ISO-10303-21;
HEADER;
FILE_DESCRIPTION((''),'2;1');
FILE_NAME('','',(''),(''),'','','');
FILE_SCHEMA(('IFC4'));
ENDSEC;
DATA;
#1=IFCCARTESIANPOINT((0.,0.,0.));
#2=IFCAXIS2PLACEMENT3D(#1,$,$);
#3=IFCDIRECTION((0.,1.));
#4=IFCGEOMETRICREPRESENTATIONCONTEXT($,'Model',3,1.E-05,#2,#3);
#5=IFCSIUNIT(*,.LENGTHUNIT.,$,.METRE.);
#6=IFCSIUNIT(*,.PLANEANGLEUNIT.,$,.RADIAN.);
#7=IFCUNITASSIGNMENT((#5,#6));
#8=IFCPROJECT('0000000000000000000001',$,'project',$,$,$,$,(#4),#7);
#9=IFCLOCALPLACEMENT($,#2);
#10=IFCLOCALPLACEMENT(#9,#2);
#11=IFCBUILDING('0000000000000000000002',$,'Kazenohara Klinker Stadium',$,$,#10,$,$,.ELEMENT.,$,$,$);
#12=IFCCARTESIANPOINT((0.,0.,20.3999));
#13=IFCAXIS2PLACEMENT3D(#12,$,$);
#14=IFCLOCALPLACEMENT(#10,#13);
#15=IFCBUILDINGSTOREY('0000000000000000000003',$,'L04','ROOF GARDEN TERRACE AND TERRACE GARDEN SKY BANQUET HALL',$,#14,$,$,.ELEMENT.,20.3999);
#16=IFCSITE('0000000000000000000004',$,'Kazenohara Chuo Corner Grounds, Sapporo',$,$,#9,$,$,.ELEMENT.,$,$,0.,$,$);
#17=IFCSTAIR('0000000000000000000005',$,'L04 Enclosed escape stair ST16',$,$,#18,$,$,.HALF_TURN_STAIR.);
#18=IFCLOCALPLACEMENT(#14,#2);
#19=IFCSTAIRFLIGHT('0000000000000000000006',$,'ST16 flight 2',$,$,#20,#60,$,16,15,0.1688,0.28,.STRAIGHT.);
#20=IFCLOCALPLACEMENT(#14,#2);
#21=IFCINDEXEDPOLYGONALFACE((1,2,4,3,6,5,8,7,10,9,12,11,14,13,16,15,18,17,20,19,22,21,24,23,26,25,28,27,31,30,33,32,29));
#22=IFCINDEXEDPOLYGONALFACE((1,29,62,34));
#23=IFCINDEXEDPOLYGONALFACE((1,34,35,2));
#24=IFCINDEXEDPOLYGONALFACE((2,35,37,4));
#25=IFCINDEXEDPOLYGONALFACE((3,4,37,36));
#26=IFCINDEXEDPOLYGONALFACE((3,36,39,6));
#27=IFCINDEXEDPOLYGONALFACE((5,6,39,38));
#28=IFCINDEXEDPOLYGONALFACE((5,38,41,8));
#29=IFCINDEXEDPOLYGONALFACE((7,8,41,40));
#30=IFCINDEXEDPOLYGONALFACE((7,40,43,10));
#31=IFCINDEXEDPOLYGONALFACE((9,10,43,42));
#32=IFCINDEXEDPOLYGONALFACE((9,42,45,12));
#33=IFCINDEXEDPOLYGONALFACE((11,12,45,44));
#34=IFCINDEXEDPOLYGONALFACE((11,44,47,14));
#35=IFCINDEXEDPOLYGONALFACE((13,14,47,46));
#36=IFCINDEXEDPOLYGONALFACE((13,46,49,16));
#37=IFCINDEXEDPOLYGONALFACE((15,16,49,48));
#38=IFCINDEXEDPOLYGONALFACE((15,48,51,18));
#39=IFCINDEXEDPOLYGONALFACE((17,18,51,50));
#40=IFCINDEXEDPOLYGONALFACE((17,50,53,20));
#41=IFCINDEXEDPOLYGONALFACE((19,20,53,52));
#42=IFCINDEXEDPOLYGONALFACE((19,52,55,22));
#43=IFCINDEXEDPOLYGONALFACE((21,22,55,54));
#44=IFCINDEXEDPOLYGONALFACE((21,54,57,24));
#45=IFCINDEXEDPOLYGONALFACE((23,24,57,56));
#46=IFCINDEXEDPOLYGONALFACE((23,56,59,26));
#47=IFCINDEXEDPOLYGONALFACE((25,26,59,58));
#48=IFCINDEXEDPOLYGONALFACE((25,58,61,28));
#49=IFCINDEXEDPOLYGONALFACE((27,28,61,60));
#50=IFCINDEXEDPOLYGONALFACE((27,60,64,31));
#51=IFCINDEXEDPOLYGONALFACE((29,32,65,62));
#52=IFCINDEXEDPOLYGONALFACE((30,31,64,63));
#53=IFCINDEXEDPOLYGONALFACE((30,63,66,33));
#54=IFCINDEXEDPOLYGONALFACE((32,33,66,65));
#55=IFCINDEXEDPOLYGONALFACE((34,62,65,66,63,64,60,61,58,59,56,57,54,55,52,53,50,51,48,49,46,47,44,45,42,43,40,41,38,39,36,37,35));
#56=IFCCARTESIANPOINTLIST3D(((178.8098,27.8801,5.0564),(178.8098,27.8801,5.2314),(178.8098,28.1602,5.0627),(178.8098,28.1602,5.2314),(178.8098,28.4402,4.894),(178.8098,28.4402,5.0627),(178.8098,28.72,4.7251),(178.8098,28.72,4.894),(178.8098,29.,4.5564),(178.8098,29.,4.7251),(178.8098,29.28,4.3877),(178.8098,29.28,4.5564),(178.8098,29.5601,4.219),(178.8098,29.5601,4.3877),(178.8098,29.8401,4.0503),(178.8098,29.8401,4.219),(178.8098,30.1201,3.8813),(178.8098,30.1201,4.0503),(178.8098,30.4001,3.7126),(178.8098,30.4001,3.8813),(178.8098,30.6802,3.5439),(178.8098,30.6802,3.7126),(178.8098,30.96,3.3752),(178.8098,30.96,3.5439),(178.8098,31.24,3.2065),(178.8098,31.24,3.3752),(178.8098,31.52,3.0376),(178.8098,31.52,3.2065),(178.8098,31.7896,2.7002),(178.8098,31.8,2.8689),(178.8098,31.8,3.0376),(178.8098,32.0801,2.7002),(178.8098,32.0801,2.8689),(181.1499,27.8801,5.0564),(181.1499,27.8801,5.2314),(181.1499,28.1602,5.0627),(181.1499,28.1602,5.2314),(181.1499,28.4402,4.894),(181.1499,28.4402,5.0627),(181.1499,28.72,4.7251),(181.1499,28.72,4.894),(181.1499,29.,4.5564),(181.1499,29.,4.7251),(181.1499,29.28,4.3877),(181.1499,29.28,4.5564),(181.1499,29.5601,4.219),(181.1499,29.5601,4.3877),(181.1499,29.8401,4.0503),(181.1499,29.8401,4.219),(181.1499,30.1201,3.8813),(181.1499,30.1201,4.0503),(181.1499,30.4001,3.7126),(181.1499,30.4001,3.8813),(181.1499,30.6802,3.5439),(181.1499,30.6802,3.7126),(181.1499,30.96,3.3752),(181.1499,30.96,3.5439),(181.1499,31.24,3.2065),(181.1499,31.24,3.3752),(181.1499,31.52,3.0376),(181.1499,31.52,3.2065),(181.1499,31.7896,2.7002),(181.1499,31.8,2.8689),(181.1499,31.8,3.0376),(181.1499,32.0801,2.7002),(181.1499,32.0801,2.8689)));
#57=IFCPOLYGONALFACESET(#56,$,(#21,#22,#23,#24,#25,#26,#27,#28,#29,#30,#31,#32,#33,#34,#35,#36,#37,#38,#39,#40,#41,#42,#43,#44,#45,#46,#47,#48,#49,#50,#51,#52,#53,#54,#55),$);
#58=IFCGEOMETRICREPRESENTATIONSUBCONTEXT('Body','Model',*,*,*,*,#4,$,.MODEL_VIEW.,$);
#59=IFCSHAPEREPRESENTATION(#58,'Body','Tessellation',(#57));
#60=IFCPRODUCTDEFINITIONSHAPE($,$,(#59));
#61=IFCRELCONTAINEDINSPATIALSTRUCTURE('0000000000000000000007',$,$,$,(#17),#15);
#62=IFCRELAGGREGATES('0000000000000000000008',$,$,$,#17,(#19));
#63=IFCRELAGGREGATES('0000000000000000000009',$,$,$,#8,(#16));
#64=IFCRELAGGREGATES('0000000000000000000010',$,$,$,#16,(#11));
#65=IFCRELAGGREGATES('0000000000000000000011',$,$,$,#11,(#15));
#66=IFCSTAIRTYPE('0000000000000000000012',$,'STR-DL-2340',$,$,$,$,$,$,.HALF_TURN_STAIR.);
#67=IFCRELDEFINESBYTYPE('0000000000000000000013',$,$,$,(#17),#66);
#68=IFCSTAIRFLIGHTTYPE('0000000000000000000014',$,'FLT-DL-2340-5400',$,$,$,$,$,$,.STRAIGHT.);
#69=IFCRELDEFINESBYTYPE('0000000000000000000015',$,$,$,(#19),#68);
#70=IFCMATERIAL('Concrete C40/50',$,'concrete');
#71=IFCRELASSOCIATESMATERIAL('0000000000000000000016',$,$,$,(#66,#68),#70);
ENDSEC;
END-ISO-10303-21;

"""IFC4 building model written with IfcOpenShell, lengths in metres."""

from ifc_helpers import new_model, si_unit, direction, frame, origin, place, context, subcontext, project, spatial, polyline, outline, extrude, material, type_object, element, aggregate, save


model = new_model("IFC4")

# Units and contexts
model_context = context("Model", 3, precision=1e-05, world=origin(), true_north=direction((0.0, 1.0)))
body_context = subcontext(model_context, "Body", "Model", "MODEL_VIEW")
ifc_project = project(units=[si_unit("LENGTHUNIT", "METRE"), si_unit("PLANEANGLEUNIT", "RADIAN")], contexts=[model_context])

# Site, building, storey
site_placement = place(None, origin())
site = spatial("IfcSite", under=ifc_project, at=site_placement, Name="Kazenohara Chuo Corner Grounds, Sapporo", CompositionType="ELEMENT", RefElevation=0.0)
building_placement = place(site_placement, origin())
building = spatial("IfcBuilding", under=site, at=building_placement, Name="Kazenohara Klinker Stadium", CompositionType="ELEMENT")
storey_placement = place(building_placement, frame((0.0, 0.0, 20.3999)))
storey = spatial("IfcBuildingStorey", under=building, at=storey_placement, Name="L04", Description="ROOF GARDEN TERRACE AND TERRACE GARDEN SKY BANQUET HALL", CompositionType="ELEMENT", Elevation=20.3999)

# Shared definitions
ifc_material_1 = material(Name="Concrete C40/50", Category="concrete")

# Stair, stair flight
stair_type = type_object("IfcStairType", Name="STR-DL-2340", PredefinedType="HALF_TURN_STAIR", material=ifc_material_1)
stair_placement = place(storey_placement, origin())
stair = element("IfcStair", 1, at=stair_placement, inside=storey, type_object=stair_type, Name="L04 Enclosed escape stair ST16", PredefinedType="HALF_TURN_STAIR")
stair_flight_type = type_object("IfcStairFlightType", Name="FLT-DL-2340-5400", PredefinedType="STRAIGHT", material=ifc_material_1)
stair_flight_1_placement = place(storey_placement, frame((179.98, 32.0801, 2.7002), z_axis=(0.0, 0.0, 1.0), x_axis=(0.0, -1.0, 0.0)))
stair_flight_1 = element("IfcStairFlight", 2, at=stair_flight_1_placement, type_object=stair_flight_type, Name="ST16 flight 2", NumberOfRisers=16, NumberOfTreads=15, PredefinedType="STRAIGHT", RiserHeight=0.1688, TreadLength=0.28, context=body_context, shape_type="SweptSolid", body=[
    extrude(outline(polyline([(0.0, 0.0), (0.0, 0.1687), (0.28, 0.1687), (0.28, 0.3374), (0.5601, 0.3374), (0.5601, 0.5063), (0.8401, 0.5063), (0.8401, 0.675), (1.1201, 0.675), (1.1201, 0.8438), (1.3999, 0.8438), (1.3999, 1.0125), (1.6799, 1.0125), (1.6799, 1.1812), (1.96, 1.1812), (1.96, 1.3501), (2.24, 1.3501), (2.24, 1.5188), (2.52, 1.5188), (2.52, 1.6875), (2.8, 1.6875), (2.8, 1.8562), (3.0801, 1.8562), (3.0801, 2.0249), (3.3601, 2.0249), (3.3601, 2.1938), (3.6399, 2.1938), (3.6399, 2.3625), (3.9199, 2.3625), (3.9199, 2.5312), (4.2, 2.5312), (4.2, 2.7), (4.2, 2.3562), (0.2905, 0.0), (0.0, 0.0)])), frame((0.0, 1.1699, 0.0), z_axis=(0.0, -1.0, 0.0), x_axis=(1.0, 0.0, 0.0)), (0.0, 0.0, 1.0), 2.3401),
])
aggregate(stair, [stair_flight_1])

save(model, "model.ifc")
